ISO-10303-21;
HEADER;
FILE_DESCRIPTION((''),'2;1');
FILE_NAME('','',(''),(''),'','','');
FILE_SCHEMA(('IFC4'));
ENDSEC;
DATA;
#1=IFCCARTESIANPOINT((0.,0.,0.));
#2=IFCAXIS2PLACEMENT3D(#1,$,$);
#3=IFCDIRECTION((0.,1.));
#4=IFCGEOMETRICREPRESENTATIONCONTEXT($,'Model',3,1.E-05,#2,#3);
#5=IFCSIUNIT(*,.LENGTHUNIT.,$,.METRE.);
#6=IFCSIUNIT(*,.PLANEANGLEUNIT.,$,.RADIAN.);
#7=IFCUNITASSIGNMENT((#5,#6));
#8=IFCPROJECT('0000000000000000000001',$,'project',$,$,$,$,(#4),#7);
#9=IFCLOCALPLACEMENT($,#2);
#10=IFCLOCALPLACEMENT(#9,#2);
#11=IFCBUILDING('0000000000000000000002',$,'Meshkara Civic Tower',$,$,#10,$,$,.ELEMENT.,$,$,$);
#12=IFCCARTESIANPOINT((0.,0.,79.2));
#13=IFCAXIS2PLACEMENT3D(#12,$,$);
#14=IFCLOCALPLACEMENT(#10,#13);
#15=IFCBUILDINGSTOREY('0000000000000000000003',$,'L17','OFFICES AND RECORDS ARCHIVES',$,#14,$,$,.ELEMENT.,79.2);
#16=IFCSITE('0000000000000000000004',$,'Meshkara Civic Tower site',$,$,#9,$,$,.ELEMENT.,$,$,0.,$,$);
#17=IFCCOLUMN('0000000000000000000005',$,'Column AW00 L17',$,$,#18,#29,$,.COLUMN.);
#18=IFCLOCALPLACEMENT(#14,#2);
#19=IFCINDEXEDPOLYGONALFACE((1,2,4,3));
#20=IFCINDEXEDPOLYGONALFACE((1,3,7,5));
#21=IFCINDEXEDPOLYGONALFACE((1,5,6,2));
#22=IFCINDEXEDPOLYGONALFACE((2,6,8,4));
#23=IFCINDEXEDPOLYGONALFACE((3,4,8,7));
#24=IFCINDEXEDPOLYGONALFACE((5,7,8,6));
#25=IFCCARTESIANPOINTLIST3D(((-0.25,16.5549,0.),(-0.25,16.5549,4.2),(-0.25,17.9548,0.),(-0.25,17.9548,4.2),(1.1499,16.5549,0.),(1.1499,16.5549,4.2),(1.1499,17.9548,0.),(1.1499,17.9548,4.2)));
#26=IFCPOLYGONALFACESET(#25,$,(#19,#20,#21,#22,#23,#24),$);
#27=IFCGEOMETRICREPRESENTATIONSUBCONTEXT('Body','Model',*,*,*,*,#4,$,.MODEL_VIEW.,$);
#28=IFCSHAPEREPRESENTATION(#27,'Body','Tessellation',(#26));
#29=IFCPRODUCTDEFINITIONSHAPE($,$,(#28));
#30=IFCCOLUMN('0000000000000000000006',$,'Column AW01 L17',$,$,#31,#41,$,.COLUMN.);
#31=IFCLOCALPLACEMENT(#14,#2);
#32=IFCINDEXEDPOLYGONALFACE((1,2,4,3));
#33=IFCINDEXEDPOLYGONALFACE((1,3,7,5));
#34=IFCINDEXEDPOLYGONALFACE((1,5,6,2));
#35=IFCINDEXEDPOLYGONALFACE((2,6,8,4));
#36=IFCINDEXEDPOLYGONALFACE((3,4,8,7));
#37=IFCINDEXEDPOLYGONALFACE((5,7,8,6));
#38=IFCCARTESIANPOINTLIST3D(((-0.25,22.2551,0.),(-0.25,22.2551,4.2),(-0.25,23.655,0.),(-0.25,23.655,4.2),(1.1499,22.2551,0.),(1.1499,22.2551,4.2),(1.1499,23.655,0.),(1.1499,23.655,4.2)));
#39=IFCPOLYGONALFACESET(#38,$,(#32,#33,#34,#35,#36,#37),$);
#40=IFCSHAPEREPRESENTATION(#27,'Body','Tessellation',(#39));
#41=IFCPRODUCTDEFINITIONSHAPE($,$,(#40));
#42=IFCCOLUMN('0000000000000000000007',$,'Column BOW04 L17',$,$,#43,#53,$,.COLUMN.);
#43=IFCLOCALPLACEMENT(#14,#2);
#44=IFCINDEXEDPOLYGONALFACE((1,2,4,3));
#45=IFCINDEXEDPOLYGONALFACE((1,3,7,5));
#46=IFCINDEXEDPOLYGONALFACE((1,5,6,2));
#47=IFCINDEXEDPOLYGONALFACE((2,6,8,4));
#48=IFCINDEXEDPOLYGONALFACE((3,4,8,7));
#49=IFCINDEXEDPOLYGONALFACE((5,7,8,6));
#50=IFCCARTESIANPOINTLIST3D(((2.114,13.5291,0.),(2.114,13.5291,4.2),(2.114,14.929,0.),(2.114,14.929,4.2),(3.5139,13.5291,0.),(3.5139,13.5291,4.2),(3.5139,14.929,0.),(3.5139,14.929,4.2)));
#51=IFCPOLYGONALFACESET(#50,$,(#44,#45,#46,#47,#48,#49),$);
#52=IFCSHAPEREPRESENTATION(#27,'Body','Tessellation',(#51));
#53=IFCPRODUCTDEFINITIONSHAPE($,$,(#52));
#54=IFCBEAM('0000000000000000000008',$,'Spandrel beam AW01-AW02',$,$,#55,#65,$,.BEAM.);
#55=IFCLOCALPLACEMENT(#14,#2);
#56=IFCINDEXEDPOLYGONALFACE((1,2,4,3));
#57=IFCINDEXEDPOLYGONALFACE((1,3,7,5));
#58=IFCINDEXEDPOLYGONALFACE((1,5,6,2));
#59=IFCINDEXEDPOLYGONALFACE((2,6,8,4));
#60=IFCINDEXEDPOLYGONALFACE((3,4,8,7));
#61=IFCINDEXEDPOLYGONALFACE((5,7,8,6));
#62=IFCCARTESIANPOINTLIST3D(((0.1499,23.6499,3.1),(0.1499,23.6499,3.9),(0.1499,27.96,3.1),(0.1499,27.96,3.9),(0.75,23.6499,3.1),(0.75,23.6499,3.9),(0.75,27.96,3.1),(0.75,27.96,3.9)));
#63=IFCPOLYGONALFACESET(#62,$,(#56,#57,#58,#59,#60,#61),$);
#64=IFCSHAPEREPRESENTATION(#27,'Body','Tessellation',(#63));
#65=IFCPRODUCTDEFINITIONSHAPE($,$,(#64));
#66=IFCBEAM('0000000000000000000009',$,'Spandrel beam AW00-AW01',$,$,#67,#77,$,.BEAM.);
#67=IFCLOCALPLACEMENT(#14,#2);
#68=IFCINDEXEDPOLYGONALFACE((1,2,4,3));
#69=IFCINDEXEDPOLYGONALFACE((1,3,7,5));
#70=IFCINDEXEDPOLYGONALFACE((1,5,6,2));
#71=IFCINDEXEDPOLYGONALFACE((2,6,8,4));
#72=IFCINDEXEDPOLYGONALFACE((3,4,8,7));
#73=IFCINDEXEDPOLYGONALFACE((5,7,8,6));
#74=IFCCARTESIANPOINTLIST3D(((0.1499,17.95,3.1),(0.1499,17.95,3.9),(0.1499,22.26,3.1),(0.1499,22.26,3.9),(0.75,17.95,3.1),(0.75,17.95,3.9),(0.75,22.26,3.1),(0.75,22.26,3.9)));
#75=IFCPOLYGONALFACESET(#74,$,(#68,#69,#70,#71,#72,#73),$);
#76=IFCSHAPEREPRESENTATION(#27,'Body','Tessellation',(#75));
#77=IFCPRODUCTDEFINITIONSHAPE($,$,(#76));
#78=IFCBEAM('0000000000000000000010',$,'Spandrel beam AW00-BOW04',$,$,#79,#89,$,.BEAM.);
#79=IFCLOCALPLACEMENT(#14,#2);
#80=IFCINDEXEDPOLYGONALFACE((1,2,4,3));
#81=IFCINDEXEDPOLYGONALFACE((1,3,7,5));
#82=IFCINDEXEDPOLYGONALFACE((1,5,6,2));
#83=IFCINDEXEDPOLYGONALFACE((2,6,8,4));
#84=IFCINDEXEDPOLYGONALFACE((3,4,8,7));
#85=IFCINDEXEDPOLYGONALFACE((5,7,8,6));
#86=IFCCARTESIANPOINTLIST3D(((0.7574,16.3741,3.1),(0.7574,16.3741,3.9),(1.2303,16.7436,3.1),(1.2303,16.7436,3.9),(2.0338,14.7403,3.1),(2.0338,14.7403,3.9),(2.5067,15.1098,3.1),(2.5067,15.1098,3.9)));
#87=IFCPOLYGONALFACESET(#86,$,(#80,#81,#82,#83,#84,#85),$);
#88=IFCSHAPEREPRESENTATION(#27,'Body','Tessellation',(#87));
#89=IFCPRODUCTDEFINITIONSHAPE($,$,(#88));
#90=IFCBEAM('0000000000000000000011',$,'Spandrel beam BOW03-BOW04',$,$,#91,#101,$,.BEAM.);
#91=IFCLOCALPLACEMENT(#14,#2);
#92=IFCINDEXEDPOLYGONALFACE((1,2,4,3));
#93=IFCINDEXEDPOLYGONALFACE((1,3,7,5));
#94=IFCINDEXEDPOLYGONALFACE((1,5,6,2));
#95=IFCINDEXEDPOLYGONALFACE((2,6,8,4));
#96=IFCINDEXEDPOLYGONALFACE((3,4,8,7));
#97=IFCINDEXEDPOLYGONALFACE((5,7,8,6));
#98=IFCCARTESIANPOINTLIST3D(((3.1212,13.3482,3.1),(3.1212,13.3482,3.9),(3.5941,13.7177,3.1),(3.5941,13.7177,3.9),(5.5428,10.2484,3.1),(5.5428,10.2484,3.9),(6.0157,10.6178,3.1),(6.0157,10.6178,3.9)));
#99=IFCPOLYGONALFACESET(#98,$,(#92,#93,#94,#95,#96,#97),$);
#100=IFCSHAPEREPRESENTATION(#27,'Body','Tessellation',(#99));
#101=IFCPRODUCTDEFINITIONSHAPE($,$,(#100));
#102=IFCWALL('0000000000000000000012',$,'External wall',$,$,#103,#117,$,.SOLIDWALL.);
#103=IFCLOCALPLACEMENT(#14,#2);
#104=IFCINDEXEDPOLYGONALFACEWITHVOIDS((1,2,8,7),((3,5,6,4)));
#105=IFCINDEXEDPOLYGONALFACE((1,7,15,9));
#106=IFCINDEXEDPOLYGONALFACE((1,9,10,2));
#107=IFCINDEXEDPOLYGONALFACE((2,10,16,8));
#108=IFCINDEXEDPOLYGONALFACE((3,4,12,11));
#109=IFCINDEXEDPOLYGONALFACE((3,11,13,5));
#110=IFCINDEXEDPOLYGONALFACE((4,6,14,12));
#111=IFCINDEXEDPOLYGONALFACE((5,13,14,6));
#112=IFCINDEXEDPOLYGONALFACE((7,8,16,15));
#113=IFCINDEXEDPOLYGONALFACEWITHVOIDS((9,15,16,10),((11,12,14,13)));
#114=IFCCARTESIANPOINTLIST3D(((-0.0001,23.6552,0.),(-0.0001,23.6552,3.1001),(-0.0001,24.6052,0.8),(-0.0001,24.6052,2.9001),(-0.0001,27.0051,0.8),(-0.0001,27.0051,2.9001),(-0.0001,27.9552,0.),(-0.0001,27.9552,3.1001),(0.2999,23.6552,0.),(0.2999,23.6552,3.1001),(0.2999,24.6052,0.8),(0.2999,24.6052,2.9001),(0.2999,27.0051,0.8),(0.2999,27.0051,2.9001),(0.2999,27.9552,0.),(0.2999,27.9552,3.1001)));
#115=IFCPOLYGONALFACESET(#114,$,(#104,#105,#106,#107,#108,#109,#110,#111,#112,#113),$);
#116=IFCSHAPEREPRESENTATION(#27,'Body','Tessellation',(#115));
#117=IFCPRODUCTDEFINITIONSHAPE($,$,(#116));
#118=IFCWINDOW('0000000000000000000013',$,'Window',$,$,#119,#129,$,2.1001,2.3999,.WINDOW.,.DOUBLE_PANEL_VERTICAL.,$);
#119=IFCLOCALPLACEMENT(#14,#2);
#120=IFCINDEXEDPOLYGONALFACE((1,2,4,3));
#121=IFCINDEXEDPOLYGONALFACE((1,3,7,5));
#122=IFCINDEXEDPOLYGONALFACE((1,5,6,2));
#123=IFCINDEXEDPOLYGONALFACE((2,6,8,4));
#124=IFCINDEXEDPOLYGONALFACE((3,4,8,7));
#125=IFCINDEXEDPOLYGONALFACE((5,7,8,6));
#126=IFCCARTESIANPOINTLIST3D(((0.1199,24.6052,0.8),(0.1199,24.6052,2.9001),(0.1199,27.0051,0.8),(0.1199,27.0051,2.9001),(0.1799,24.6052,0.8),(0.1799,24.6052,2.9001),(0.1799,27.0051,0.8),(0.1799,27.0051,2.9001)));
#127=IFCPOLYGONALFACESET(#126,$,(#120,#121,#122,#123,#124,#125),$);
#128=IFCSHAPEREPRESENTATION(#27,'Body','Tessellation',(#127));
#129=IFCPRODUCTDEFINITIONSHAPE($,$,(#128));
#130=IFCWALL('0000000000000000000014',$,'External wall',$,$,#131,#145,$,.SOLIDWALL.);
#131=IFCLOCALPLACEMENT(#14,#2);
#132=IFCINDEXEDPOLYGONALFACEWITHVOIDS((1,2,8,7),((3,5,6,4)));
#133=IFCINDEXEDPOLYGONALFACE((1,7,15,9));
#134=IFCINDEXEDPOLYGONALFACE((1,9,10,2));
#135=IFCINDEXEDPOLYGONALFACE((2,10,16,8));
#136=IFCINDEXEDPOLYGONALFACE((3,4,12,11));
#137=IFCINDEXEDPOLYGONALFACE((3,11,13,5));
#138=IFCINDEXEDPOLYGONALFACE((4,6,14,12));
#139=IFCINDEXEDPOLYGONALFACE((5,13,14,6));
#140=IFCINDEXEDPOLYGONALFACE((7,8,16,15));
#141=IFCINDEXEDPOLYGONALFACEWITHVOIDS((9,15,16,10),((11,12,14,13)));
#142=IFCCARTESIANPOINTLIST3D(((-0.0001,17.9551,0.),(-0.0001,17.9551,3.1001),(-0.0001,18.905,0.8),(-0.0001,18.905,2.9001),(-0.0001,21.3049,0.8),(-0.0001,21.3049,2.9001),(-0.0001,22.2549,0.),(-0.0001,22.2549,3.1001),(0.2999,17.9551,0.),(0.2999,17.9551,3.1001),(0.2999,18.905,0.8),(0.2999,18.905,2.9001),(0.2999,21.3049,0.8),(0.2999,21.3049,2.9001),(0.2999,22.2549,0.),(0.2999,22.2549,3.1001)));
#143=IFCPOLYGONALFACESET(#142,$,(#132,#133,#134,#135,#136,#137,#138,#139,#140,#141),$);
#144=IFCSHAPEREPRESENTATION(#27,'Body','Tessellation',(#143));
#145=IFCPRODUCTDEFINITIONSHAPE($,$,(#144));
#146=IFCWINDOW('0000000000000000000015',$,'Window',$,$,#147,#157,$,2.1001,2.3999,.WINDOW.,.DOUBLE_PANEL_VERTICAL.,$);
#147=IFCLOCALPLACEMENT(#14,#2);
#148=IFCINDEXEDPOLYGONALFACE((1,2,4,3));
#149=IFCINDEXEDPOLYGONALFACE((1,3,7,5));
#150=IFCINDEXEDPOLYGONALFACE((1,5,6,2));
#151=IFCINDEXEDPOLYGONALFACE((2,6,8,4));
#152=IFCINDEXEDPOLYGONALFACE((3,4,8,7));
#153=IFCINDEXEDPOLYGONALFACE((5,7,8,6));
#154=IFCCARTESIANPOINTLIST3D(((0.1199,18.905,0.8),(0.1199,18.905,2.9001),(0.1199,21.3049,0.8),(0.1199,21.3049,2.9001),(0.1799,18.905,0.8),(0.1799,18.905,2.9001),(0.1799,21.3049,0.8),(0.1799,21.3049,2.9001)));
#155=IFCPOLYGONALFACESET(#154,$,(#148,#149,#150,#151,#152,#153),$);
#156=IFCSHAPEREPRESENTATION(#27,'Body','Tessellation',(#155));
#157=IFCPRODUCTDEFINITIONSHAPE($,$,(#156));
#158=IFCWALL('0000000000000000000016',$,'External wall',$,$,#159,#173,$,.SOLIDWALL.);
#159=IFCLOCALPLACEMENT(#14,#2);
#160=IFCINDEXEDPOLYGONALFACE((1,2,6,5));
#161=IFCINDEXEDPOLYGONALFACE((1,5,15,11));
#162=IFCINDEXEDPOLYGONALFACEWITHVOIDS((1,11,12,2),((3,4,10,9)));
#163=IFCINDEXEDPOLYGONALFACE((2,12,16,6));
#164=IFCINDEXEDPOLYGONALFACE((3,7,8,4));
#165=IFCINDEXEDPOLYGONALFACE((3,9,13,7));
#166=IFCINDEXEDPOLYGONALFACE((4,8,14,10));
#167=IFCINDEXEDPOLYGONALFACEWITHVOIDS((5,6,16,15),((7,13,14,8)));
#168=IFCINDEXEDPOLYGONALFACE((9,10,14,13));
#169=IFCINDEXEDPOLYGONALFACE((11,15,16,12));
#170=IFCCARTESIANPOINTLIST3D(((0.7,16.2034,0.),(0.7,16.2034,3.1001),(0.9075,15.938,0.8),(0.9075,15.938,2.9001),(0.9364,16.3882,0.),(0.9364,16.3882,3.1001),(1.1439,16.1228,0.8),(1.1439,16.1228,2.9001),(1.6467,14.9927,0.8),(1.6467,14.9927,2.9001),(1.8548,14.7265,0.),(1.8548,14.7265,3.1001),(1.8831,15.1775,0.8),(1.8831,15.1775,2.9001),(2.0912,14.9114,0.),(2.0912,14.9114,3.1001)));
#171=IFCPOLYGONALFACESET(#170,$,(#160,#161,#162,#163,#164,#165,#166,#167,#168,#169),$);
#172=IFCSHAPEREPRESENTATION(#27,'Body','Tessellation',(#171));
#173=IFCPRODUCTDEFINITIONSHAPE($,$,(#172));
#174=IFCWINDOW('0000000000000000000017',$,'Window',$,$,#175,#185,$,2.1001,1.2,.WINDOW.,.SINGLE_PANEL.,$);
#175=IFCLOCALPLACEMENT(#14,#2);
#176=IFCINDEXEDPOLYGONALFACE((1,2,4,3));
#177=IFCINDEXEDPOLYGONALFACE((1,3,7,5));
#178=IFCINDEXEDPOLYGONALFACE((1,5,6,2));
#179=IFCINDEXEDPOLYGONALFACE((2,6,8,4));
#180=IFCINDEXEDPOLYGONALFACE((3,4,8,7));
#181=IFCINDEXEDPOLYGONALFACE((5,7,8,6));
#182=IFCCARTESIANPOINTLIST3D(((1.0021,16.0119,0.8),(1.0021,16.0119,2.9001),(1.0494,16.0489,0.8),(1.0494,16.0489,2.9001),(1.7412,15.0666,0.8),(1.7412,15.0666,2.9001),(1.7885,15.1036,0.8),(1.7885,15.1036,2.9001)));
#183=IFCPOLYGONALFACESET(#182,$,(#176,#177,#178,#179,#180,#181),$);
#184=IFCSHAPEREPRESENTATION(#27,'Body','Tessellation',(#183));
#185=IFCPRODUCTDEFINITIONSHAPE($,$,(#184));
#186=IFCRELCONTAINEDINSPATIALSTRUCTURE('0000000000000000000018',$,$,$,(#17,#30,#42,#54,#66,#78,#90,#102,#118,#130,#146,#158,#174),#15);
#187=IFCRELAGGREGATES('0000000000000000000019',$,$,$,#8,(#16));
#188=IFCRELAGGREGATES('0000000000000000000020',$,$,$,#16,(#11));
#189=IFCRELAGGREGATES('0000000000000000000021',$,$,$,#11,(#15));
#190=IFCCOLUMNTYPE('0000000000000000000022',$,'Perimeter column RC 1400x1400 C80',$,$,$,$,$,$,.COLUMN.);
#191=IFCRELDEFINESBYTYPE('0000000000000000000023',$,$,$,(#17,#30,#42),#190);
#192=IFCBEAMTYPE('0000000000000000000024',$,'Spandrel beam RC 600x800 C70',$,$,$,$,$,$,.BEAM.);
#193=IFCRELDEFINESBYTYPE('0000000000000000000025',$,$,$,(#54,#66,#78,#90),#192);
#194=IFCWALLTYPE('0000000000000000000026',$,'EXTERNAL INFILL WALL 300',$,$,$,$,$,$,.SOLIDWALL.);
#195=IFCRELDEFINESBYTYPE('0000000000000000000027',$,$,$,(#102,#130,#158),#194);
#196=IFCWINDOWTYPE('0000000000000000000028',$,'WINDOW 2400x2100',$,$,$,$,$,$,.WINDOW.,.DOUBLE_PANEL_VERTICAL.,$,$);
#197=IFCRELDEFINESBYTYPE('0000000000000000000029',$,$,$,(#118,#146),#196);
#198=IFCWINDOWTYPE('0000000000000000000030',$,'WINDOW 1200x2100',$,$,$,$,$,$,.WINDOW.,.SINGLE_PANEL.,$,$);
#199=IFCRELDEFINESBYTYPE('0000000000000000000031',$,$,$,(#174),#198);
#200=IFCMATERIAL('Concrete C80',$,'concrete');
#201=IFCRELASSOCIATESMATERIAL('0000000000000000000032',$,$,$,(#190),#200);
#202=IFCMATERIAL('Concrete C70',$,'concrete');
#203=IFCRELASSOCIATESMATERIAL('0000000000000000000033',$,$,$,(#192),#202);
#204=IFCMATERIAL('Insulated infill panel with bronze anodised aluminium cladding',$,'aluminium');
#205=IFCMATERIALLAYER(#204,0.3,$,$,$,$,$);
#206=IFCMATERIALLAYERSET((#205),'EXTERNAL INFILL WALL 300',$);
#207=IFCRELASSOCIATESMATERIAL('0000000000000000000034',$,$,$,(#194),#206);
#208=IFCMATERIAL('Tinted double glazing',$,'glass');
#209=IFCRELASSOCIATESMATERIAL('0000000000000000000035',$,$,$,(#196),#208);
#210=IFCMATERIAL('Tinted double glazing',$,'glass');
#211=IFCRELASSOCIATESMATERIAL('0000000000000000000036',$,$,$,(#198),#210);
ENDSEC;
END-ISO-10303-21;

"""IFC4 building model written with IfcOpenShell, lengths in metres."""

from ifc_helpers import new_model, si_unit, direction, frame, frame_2d, origin, origin_2d, place, context, subcontext, project, spatial, rectangle, extrude, material, layer, layer_set, material_profile, profile_set, type_object, element, fill, save


model = new_model("IFC4")

# Units and contexts
model_context = context("Model", 3, precision=1e-05, world=origin(), true_north=direction((0.0, 1.0)))
body_context = subcontext(model_context, "Body", "Model", "MODEL_VIEW")
ifc_project = project(units=[si_unit("LENGTHUNIT", "METRE"), si_unit("PLANEANGLEUNIT", "RADIAN")], contexts=[model_context])

# Site, building, storey
site_placement = place(None, origin())
site = spatial("IfcSite", under=ifc_project, at=site_placement, Name="Meshkara Civic Tower site", CompositionType="ELEMENT", RefElevation=0.0)
building_placement = place(site_placement, origin())
building = spatial("IfcBuilding", under=site, at=building_placement, Name="Meshkara Civic Tower", CompositionType="ELEMENT")
storey_placement = place(building_placement, frame((0.0, 0.0, 79.2)))
storey = spatial("IfcBuildingStorey", under=building, at=storey_placement, Name="L17", Description="OFFICES AND RECORDS ARCHIVES", CompositionType="ELEMENT", Elevation=79.2)

# Columns
ifc_material_1 = material(Name="Concrete C80", Category="concrete")
ifc_material_profile_1 = material_profile(ifc_material_1, rectangle(XDim=1.3999, YDim=1.3999, at=origin_2d()))
ifc_profile_set_1 = profile_set([ifc_material_profile_1], Name="Concrete C80")
column_type = type_object("IfcColumnType", Name="Perimeter column RC 1400x1400 C80", PredefinedType="COLUMN", material=ifc_profile_set_1)
for number, where, z_axis, x_axis, name in (
    (1, (0.45, 17.2549, 0.0), (0.0, 0.0, 1.0), (1.0, 0.0, 0.0), "Column AW00 L17"),
    (2, (0.45, 22.9551, 0.0), (0.0, 0.0, 1.0), (1.0, 0.0, 0.0), "Column AW01 L17"),
    (3, (2.814, 14.229, 0.0), (0.0, 0.0, 1.0), (1.0, 0.0, 0.0), "Column BOW04 L17"),
):
    element("IfcColumn", number, at=place(storey_placement, frame(where, z_axis=z_axis, x_axis=x_axis)), inside=storey, type_object=column_type, Name=name, PredefinedType="COLUMN", context=body_context, shape_type="SweptSolid", body=[
        extrude(rectangle(XDim=1.3999, YDim=1.3999, at=origin_2d()), origin(), (0.0, 0.0, 1.0), 4.2),
    ])

# Beams
ifc_material_2 = material(Name="Concrete C70", Category="concrete")
ifc_material_profile_2 = material_profile(ifc_material_2, rectangle(XDim=0.6001, YDim=0.8, at=origin_2d()))
ifc_profile_set_2 = profile_set([ifc_material_profile_2], Name="Concrete C70")
beam_type = type_object("IfcBeamType", Name="Spandrel beam RC 600x800 C70", PredefinedType="BEAM", material=ifc_profile_set_2)
for number, where, z_axis, x_axis, name in (
    (4, (0.45, 27.96, 3.5), (0.0, -1.0, 0.0), (1.0, 0.0, 0.0), "Spandrel beam AW01-AW02"),
    (5, (0.45, 22.26, 3.5), (0.0, -1.0, 0.0), (1.0, 0.0, 0.0), "Spandrel beam AW00-AW01"),
):
    element("IfcBeam", number, at=place(storey_placement, frame(where, z_axis=z_axis, x_axis=x_axis)), inside=storey, type_object=beam_type, Name=name, PredefinedType="BEAM", context=body_context, shape_type="SweptSolid", body=[
        extrude(rectangle(XDim=0.6001, YDim=0.8, at=origin_2d()), origin(), (0.0, 0.0, 1.0), 4.3101),
    ])
beam_1_placement = place(storey_placement, frame((0.9939, 16.5588, 3.5), z_axis=(0.615635, -0.788032, 0.0), x_axis=(0.788032, 0.615635, 0.0)))
element("IfcBeam", 6, at=beam_1_placement, inside=storey, type_object=beam_type, Name="Spandrel beam AW00-BOW04", PredefinedType="BEAM", context=body_context, shape_type="SweptSolid", body=[
    extrude(rectangle(XDim=0.6001, YDim=0.8, at=origin_2d()), origin(), (0.0, 0.0, 1.0), 2.0732),
])
beam_2_placement = place(storey_placement, frame((3.3577, 13.533, 3.5), z_axis=(0.615624, -0.78804, 0.0), x_axis=(0.78804, 0.615624, 0.0)))
element("IfcBeam", 7, at=beam_2_placement, inside=storey, type_object=beam_type, Name="Spandrel beam BOW03-BOW04", PredefinedType="BEAM", context=body_context, shape_type="SweptSolid", body=[
    extrude(rectangle(XDim=0.6001, YDim=0.8, at=origin_2d()), origin(), (0.0, 0.0, 1.0), 3.9336),
])

# Walls, openings, windows
ifc_material_3 = material(Name="Insulated infill panel with bronze anodised aluminium cladding", Category="aluminium")
ifc_layer = layer(ifc_material_3, 0.3)
ifc_layer_set = layer_set([ifc_layer], Name="EXTERNAL INFILL WALL 300")
wall_type = type_object("IfcWallType", Name="EXTERNAL INFILL WALL 300", PredefinedType="SOLIDWALL", material=ifc_layer_set)
wall_1_placement = place(storey_placement, frame((0.1499, 27.9551, 0.0), z_axis=(0.0, 0.0, 1.0), x_axis=(0.0, -1.0, 0.0)))
wall_1 = element("IfcWall", 8, at=wall_1_placement, inside=storey, type_object=wall_type, Name="External wall", PredefinedType="SOLIDWALL", context=body_context, shape_type="SweptSolid", body=[
    extrude(rectangle(XDim=4.3, YDim=0.3, at=frame_2d((2.1499, 0.0))), origin(), (0.0, 0.0, 1.0), 3.1001),
])
opening_1_placement = place(wall_1_placement, frame((0.95, 0.0, 0.8)))
opening_1 = element("IfcOpeningElement", 9, at=opening_1_placement, cuts=wall_1, PredefinedType="OPENING", context=body_context, shape_type="SweptSolid", body=[
    extrude(rectangle(XDim=2.3999, YDim=2.1001, at=frame_2d((1.2, 1.05))), frame((0.0, 0.1599, 0.0), z_axis=(0.0, -1.0, 0.0), x_axis=(1.0, 0.0, 0.0)), (0.0, 0.0, 1.0), 0.3201),
])
ifc_material_4 = material(Name="Tinted double glazing", Category="glass")
window_type_1 = type_object("IfcWindowType", Name="WINDOW 2400x2100", PartitioningType="DOUBLE_PANEL_VERTICAL", PredefinedType="WINDOW", material=ifc_material_4)
window_1_placement = place(opening_1_placement, origin())
window_1 = element("IfcWindow", 10, at=window_1_placement, inside=storey, type_object=window_type_1, Name="Window", OverallHeight=2.1001, OverallWidth=2.3999, PartitioningType="DOUBLE_PANEL_VERTICAL", PredefinedType="WINDOW", context=body_context, shape_type="SweptSolid", body=[
    extrude(rectangle(XDim=2.3999, YDim=2.1001, at=frame_2d((1.2, 1.05))), frame((0.0, 0.03, 0.0), z_axis=(0.0, -1.0, 0.0), x_axis=(1.0, 0.0, 0.0)), (0.0, 0.0, 1.0), 0.0601),
])
fill(opening_1, window_1)
wall_2_placement = place(storey_placement, frame((0.1499, 22.2549, 0.0), z_axis=(0.0, 0.0, 1.0), x_axis=(0.0, -1.0, 0.0)))
wall_2 = element("IfcWall", 11, at=wall_2_placement, inside=storey, type_object=wall_type, Name="External wall", PredefinedType="SOLIDWALL", context=body_context, shape_type="SweptSolid", body=[
    extrude(rectangle(XDim=4.2998, YDim=0.3, at=frame_2d((2.1499, 0.0))), origin(), (0.0, 0.0, 1.0), 3.1001),
])
opening_2_placement = place(wall_2_placement, frame((0.95, 0.0, 0.8)))
opening_2 = element("IfcOpeningElement", 12, at=opening_2_placement, cuts=wall_2, PredefinedType="OPENING", context=body_context, shape_type="SweptSolid", body=[
    extrude(rectangle(XDim=2.3999, YDim=2.1001, at=frame_2d((1.2, 1.05))), frame((0.0, 0.1599, 0.0), z_axis=(0.0, -1.0, 0.0), x_axis=(1.0, 0.0, 0.0)), (0.0, 0.0, 1.0), 0.3201),
])
window_2_placement = place(opening_2_placement, origin())
window_2 = element("IfcWindow", 13, at=window_2_placement, inside=storey, type_object=window_type_1, Name="Window", OverallHeight=2.1001, OverallWidth=2.3999, PartitioningType="DOUBLE_PANEL_VERTICAL", PredefinedType="WINDOW", context=body_context, shape_type="SweptSolid", body=[
    extrude(rectangle(XDim=2.3999, YDim=2.1001, at=frame_2d((1.2, 1.05))), frame((0.0, 0.03, 0.0), z_axis=(0.0, -1.0, 0.0), x_axis=(1.0, 0.0, 0.0)), (0.0, 0.0, 1.0), 0.0601),
])
fill(opening_2, window_2)
wall_3_placement = place(storey_placement, frame((0.8181, 16.2959, 0.0), z_axis=(0.0, 0.0, 1.0), x_axis=(0.615985, -0.787758, 0.0)))
wall_3 = element("IfcWall", 14, at=wall_3_placement, inside=storey, type_object=wall_type, Name="External wall", PredefinedType="SOLIDWALL", context=body_context, shape_type="SweptSolid", body=[
    extrude(rectangle(XDim=1.8748, YDim=0.3, at=frame_2d((0.9375, 0.0))), origin(), (0.0, 0.0, 1.0), 3.1001),
])
opening_3_placement = place(wall_3_placement, frame((0.3369, 0.0, 0.8)))
opening_3 = element("IfcOpeningElement", 15, at=opening_3_placement, cuts=wall_3, PredefinedType="OPENING", context=body_context, shape_type="SweptSolid", body=[
    extrude(rectangle(XDim=1.2, YDim=2.1001, at=frame_2d((0.6001, 1.05))), frame((0.0, 0.1599, 0.0), z_axis=(0.0, -1.0, 0.0), x_axis=(1.0, 0.0, 0.0)), (0.0, 0.0, 1.0), 0.3201),
])
ifc_material_5 = material(Name="Tinted double glazing", Category="glass")
window_type_2 = type_object("IfcWindowType", Name="WINDOW 1200x2100", PartitioningType="SINGLE_PANEL", PredefinedType="WINDOW", material=ifc_material_5)
window_3_placement = place(opening_3_placement, origin())
window_3 = element("IfcWindow", 16, at=window_3_placement, inside=storey, type_object=window_type_2, Name="Window", OverallHeight=2.1001, OverallWidth=1.2, PartitioningType="SINGLE_PANEL", PredefinedType="WINDOW", context=body_context, shape_type="SweptSolid", body=[
    extrude(rectangle(XDim=1.2, YDim=2.1001, at=frame_2d((0.6001, 1.05))), frame((0.0, 0.03, 0.0), z_axis=(0.0, -1.0, 0.0), x_axis=(1.0, 0.0, 0.0)), (0.0, 0.0, 1.0), 0.0601),
])
fill(opening_3, window_3)

save(model, "model.ifc")
